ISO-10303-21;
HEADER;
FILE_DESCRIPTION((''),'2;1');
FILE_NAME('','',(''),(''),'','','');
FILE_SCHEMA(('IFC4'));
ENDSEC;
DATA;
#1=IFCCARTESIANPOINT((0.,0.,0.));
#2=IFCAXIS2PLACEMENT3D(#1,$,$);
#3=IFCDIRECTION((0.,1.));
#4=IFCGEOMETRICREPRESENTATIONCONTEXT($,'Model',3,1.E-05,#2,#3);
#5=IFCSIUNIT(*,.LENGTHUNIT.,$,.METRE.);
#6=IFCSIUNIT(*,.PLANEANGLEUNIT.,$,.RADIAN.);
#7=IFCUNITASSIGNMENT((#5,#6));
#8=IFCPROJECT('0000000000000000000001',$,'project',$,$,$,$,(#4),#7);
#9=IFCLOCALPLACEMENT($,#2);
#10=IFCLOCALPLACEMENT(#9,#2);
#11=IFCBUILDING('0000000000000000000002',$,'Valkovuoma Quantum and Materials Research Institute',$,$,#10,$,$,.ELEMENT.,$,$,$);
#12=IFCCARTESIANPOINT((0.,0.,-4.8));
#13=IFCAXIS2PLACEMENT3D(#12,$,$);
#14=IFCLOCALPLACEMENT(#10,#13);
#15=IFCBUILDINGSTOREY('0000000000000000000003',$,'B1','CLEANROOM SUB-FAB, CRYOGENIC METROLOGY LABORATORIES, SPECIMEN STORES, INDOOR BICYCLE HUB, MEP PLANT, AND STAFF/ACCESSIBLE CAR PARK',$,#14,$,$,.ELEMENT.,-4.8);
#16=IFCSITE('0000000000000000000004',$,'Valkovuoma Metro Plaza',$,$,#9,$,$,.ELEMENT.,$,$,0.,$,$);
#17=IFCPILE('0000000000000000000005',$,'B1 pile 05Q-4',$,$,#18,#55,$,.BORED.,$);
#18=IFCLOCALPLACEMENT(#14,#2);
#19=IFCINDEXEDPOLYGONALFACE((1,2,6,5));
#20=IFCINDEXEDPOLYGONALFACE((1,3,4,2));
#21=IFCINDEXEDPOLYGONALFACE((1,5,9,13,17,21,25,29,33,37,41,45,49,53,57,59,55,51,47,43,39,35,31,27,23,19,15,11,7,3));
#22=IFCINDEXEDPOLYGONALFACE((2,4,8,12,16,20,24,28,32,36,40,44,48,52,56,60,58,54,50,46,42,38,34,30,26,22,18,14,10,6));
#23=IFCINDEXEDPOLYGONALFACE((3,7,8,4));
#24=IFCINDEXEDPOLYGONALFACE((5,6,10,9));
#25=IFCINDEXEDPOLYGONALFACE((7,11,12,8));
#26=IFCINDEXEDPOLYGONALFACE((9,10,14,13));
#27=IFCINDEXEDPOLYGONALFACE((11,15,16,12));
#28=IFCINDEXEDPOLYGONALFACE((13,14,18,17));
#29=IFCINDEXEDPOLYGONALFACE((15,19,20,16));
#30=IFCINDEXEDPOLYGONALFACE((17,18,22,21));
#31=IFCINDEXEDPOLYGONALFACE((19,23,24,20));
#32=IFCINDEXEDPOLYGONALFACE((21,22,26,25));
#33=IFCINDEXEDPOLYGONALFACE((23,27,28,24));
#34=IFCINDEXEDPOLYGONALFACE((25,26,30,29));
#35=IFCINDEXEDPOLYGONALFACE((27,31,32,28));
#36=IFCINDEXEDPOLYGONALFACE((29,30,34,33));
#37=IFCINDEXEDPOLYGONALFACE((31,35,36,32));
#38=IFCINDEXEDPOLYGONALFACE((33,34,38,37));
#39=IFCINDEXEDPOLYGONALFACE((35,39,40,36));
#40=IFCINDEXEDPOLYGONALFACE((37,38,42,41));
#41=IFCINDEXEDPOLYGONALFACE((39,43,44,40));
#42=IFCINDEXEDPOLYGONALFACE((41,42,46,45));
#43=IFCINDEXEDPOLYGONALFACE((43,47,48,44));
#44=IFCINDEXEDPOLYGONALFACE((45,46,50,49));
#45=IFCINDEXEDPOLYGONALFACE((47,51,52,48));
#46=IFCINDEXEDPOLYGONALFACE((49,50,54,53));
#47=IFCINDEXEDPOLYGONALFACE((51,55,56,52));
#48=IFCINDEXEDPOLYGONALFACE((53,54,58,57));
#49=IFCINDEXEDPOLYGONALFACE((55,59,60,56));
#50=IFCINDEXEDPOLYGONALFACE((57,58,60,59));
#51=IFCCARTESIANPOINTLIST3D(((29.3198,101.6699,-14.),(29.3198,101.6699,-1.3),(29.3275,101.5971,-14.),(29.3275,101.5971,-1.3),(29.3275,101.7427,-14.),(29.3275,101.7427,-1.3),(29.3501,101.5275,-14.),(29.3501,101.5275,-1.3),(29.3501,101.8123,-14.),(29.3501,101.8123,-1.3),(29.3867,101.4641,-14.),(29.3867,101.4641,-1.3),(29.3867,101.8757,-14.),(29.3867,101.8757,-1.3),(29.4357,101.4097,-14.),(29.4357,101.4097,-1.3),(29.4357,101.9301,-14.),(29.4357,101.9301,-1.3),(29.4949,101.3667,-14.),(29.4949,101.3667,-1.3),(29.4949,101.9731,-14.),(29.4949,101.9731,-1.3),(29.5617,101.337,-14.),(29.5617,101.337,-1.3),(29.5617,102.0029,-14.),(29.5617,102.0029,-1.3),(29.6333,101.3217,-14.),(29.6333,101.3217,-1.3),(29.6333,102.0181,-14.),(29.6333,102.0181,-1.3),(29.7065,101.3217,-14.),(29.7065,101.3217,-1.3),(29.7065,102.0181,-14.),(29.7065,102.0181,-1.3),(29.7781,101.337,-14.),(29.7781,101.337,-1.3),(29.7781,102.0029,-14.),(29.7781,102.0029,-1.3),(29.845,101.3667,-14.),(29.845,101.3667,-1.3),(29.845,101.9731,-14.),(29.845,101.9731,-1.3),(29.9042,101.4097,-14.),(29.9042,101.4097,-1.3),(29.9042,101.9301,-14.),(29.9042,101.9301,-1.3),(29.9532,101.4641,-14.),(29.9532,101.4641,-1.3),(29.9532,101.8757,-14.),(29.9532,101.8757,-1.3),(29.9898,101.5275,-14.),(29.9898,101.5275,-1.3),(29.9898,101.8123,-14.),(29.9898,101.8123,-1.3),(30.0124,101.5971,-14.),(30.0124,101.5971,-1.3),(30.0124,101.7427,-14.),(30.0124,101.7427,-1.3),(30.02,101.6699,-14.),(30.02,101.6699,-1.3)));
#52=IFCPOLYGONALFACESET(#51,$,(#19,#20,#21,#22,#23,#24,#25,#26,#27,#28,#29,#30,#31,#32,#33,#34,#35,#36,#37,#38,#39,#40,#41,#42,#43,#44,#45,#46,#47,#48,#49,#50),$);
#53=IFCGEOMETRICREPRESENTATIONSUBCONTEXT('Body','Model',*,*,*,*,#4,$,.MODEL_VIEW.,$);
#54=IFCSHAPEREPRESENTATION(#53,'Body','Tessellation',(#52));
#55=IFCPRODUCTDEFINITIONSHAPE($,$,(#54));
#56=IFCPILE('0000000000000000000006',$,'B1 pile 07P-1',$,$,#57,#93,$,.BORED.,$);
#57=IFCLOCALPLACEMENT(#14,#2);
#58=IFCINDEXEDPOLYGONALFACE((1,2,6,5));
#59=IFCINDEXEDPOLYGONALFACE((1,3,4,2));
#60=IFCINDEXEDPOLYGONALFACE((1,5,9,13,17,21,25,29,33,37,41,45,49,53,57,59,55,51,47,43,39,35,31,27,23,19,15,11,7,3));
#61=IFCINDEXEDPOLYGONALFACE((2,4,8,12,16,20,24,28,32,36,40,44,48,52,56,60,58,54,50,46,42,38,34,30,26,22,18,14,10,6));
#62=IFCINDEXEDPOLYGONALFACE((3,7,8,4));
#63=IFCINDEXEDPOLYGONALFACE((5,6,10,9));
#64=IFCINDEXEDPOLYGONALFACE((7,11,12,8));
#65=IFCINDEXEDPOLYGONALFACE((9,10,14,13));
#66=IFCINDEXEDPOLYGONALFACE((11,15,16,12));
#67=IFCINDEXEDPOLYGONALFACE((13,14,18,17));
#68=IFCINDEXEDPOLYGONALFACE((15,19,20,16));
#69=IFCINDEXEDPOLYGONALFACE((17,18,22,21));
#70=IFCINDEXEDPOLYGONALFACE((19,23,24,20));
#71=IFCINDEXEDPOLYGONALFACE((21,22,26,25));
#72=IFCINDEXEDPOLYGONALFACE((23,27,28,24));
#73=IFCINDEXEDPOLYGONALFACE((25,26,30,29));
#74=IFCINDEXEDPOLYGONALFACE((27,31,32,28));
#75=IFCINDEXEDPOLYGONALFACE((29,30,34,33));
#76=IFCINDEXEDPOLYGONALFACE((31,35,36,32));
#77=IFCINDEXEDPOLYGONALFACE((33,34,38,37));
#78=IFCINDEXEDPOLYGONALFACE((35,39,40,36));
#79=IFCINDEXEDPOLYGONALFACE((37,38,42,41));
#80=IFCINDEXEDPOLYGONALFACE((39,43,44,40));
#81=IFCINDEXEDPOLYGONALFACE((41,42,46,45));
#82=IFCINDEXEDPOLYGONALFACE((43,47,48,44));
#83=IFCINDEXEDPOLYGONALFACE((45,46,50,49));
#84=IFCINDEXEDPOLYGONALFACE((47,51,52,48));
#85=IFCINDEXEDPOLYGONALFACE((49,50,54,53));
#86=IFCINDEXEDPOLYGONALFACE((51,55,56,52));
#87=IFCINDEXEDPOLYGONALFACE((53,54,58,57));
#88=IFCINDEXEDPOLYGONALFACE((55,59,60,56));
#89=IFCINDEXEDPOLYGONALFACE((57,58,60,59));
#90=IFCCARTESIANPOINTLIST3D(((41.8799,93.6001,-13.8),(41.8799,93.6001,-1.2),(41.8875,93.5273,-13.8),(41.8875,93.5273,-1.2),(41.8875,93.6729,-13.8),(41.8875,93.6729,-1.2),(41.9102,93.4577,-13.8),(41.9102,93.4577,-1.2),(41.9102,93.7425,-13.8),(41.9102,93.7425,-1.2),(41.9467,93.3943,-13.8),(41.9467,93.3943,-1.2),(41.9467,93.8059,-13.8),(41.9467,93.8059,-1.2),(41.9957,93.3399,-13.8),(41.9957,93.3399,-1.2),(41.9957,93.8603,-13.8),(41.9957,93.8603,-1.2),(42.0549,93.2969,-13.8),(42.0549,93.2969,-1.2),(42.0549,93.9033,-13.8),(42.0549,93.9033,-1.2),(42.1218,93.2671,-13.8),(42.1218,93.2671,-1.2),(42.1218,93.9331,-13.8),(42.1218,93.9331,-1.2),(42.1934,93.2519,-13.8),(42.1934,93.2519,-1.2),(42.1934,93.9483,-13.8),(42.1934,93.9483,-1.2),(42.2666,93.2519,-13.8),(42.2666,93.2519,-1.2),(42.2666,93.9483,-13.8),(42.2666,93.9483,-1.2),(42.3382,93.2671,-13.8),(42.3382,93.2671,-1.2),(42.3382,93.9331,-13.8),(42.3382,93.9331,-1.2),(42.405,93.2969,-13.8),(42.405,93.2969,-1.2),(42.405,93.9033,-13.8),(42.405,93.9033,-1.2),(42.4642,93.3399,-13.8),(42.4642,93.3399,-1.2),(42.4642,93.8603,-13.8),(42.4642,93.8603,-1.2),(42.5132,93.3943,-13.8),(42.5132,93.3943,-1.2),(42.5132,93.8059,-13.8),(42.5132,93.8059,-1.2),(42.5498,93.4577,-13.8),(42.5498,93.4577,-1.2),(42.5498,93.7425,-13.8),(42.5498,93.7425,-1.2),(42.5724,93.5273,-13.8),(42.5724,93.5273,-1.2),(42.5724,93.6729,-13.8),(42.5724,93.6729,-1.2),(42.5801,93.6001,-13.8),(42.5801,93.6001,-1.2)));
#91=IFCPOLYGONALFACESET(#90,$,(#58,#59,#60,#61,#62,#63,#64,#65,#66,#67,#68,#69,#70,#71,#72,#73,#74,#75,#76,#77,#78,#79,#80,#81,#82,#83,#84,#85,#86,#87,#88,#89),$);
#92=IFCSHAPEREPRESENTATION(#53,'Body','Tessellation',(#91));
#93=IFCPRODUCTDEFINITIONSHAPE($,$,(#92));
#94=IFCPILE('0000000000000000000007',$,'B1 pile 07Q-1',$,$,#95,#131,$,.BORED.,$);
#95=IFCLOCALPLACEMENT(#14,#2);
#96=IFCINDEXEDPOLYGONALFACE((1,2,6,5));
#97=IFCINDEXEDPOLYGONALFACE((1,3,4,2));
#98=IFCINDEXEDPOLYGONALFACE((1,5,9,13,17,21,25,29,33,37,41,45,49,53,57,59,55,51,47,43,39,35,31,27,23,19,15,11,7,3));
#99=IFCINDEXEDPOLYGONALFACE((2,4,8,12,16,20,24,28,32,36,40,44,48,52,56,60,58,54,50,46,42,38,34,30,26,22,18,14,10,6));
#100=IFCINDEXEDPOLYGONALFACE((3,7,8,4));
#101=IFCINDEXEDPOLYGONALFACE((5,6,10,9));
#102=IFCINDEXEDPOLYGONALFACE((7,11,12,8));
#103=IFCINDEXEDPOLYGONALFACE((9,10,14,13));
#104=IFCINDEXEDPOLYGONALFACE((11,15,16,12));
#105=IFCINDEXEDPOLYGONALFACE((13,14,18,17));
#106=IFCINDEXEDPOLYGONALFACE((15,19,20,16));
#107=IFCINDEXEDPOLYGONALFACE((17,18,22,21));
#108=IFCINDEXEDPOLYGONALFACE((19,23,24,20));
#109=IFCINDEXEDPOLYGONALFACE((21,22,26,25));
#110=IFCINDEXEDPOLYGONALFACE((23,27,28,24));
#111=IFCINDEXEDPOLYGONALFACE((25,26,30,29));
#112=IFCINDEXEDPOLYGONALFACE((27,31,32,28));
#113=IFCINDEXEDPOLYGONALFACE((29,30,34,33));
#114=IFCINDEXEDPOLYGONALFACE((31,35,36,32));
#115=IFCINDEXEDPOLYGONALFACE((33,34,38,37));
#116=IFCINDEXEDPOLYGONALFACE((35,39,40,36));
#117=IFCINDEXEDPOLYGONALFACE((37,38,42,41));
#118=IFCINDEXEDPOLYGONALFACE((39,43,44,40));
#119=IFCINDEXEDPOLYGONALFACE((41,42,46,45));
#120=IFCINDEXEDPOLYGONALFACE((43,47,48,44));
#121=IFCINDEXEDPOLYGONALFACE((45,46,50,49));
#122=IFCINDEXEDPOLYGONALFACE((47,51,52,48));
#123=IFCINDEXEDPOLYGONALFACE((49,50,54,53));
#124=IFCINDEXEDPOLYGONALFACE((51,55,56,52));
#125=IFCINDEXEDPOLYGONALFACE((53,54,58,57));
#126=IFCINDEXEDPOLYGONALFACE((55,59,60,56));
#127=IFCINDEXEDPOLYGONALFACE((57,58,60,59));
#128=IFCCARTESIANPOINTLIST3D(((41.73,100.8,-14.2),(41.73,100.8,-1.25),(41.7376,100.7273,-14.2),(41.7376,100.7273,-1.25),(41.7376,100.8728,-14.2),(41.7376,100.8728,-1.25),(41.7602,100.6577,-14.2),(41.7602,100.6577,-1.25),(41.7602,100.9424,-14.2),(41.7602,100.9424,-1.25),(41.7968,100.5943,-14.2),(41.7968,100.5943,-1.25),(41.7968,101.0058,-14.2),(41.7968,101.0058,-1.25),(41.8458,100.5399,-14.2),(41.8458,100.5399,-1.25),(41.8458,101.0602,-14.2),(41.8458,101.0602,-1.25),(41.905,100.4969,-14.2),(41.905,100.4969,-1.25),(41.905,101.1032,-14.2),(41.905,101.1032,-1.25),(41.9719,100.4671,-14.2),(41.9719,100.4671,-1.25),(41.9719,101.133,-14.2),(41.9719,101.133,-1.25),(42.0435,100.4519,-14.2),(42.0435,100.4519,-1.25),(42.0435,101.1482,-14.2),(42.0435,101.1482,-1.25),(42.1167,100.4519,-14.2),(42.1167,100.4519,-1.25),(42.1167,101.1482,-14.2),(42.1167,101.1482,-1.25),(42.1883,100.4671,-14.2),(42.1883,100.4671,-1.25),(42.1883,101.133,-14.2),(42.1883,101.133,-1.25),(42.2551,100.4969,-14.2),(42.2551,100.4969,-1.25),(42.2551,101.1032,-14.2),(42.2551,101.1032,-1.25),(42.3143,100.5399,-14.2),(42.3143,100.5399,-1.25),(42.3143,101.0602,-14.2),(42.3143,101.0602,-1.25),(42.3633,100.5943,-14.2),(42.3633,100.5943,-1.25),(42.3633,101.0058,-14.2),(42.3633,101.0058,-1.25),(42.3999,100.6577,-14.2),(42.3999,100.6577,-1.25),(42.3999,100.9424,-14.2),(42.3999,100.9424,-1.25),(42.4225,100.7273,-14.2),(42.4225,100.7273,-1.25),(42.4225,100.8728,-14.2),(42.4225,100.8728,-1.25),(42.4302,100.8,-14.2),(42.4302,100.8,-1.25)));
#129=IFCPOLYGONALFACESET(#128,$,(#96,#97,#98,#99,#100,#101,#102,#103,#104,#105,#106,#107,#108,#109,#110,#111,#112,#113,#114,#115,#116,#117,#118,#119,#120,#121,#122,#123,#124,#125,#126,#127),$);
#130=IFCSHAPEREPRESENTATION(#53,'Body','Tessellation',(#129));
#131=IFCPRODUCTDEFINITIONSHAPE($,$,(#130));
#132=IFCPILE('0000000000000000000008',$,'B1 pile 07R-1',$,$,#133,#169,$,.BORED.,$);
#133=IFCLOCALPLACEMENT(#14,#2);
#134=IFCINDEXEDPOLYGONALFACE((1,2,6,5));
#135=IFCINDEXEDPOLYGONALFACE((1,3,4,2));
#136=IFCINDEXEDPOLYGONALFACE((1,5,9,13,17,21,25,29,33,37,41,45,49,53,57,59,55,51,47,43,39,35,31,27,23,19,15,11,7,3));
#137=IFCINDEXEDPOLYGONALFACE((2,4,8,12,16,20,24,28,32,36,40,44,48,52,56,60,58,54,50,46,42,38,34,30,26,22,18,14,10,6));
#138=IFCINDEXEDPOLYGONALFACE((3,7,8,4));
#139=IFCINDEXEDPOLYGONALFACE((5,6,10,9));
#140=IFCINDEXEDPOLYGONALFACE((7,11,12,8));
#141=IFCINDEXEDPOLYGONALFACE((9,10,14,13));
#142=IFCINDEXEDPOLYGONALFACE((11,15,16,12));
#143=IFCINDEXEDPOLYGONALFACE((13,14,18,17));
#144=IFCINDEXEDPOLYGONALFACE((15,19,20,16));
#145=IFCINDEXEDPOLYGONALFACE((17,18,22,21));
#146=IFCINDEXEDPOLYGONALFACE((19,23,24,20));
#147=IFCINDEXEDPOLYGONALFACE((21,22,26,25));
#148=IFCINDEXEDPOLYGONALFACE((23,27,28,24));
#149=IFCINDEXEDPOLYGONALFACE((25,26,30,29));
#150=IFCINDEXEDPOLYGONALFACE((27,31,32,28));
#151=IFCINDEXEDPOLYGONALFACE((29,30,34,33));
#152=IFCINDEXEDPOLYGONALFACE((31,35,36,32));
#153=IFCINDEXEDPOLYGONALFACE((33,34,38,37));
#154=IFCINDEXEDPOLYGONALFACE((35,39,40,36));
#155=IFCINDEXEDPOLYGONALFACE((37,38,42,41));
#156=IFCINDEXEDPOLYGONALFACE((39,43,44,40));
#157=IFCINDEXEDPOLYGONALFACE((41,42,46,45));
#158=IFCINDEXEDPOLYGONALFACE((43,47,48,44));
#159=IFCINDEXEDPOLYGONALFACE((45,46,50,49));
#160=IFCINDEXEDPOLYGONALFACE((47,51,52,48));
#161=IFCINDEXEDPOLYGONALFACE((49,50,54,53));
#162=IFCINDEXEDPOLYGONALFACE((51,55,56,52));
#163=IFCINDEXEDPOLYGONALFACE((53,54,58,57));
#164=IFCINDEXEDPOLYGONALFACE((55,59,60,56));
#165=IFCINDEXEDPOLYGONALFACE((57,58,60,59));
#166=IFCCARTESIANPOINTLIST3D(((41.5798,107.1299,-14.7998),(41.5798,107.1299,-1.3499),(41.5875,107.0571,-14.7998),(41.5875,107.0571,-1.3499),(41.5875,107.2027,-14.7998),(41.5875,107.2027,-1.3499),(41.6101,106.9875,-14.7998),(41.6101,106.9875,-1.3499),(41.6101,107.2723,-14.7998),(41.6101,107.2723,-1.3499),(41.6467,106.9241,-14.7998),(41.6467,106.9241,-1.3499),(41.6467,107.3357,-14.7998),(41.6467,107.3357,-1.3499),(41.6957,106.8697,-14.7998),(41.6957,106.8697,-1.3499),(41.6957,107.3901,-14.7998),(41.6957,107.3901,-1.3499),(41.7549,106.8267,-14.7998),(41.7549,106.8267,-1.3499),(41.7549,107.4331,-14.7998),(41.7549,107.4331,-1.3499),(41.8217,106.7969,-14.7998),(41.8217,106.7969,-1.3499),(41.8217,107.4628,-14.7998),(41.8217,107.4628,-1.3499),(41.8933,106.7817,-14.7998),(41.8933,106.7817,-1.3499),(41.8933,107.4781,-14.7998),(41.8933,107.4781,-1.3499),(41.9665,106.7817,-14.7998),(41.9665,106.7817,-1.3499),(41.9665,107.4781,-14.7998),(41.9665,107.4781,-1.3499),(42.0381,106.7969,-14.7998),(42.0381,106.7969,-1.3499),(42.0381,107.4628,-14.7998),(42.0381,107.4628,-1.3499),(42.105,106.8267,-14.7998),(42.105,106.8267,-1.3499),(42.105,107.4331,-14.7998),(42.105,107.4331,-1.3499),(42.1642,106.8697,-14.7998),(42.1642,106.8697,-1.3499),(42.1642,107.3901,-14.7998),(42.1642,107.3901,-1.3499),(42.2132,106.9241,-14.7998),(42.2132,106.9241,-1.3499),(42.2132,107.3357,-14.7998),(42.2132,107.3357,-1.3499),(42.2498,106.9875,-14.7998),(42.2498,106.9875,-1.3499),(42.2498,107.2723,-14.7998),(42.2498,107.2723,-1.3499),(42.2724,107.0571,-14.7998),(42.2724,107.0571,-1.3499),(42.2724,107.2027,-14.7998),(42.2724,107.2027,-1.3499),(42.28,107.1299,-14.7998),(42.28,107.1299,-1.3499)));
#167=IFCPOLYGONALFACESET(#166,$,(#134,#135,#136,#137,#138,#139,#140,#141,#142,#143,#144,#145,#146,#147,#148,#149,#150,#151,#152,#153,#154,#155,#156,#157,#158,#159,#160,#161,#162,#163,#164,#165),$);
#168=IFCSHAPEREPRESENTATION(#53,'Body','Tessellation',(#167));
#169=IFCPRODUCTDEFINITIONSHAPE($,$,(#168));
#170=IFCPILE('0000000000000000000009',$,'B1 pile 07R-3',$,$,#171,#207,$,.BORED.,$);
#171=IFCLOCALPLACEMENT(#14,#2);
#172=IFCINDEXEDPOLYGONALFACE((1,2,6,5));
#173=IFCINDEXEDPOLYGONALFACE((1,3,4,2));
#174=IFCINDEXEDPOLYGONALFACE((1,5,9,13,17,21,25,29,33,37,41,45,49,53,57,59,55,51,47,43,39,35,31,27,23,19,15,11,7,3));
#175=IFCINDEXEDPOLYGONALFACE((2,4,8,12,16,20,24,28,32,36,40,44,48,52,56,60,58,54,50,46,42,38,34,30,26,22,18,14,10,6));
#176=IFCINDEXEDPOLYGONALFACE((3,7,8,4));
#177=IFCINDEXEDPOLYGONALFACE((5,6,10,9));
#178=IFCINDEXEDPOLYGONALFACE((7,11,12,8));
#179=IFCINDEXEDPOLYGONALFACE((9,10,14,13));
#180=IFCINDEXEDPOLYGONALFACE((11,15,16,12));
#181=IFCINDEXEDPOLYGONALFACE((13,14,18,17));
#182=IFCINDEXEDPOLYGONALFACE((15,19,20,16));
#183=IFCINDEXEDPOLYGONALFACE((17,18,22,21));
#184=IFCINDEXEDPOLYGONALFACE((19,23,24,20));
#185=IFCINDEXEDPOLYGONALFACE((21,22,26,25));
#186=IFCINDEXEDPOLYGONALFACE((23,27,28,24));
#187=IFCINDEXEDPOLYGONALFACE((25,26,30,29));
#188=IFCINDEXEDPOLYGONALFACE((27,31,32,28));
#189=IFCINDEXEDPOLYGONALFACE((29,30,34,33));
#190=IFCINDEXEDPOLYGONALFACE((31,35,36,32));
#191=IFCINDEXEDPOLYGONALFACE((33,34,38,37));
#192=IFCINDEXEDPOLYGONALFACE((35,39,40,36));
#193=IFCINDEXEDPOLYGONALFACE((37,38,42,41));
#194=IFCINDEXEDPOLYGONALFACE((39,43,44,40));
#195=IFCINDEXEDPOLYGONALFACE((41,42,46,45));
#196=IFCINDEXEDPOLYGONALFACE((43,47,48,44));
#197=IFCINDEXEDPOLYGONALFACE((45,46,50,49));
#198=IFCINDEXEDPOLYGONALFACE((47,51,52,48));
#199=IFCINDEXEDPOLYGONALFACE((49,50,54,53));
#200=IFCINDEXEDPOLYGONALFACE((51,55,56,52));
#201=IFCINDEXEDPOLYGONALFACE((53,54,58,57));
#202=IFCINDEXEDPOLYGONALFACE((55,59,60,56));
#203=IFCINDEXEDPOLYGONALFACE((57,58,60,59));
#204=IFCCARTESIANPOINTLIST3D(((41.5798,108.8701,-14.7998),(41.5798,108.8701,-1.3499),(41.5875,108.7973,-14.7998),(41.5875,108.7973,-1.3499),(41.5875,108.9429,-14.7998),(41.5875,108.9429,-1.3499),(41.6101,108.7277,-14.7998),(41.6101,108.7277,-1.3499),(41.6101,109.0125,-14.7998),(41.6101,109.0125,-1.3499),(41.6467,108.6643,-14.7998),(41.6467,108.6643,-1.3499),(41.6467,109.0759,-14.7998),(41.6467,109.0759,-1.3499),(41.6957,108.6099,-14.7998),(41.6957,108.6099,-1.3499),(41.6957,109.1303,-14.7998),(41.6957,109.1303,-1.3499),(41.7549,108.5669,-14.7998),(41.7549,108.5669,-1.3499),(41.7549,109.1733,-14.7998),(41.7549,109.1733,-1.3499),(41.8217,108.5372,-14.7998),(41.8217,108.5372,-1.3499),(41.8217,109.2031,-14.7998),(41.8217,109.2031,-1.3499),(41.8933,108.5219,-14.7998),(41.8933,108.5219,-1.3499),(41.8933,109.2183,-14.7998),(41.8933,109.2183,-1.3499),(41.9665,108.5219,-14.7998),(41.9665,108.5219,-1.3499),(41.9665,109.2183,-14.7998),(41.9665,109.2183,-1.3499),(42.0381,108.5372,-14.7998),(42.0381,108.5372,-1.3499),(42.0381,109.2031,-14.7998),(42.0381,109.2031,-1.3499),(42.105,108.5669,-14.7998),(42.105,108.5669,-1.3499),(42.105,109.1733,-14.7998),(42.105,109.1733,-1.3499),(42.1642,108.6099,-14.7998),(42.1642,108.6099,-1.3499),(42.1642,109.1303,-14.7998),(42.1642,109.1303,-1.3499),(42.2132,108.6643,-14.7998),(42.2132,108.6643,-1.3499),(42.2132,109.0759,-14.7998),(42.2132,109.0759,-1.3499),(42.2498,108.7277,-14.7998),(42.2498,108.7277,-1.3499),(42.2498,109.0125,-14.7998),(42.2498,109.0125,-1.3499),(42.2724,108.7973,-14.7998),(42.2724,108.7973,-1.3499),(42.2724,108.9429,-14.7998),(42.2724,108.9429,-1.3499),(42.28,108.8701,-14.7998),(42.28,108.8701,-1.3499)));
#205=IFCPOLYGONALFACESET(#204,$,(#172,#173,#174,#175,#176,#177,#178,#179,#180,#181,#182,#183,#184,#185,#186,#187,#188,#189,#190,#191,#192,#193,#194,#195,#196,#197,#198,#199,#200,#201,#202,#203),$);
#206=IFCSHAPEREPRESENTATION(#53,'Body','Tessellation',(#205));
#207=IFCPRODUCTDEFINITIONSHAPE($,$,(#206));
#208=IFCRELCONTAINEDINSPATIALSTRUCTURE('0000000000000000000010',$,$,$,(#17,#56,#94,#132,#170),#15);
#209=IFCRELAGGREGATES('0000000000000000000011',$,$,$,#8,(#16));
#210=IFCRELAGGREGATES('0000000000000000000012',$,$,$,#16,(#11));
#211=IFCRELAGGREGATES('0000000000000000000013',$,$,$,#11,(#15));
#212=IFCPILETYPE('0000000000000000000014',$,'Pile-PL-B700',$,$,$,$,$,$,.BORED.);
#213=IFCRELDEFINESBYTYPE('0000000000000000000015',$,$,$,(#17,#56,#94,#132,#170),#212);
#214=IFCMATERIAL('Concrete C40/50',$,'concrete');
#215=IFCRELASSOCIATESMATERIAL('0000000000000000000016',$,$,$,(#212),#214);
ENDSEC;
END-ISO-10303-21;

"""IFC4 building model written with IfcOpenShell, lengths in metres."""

from ifc_helpers import new_model, si_unit, direction, frame, origin, origin_2d, place, context, subcontext, project, spatial, circle, extrude, material, material_profile, profile_set, type_object, element, save


model = new_model("IFC4")

# Units and contexts
model_context = context("Model", 3, precision=1e-05, world=origin(), true_north=direction((0.0, 1.0)))
body_context = subcontext(model_context, "Body", "Model", "MODEL_VIEW")
ifc_project = project(units=[si_unit("LENGTHUNIT", "METRE"), si_unit("PLANEANGLEUNIT", "RADIAN")], contexts=[model_context])

# Site, building, storey
site_placement = place(None, origin())
site = spatial("IfcSite", under=ifc_project, at=site_placement, Name="Valkovuoma Metro Plaza", CompositionType="ELEMENT", RefElevation=0.0)
building_placement = place(site_placement, origin())
building = spatial("IfcBuilding", under=site, at=building_placement, Name="Valkovuoma Quantum and Materials Research Institute", CompositionType="ELEMENT")
storey_placement = place(building_placement, frame((0.0, 0.0, -4.8)))
storey = spatial("IfcBuildingStorey", under=building, at=storey_placement, Name="B1", Description="CLEANROOM SUB-FAB, CRYOGENIC METROLOGY LABORATORIES, SPECIMEN STORES, INDOOR BICYCLE HUB, MEP PLANT, AND STAFF/ACCESSIBLE CAR PARK", CompositionType="ELEMENT", Elevation=-4.8)

# Piles
ifc_material_1 = material(Name="Concrete C40/50", Category="concrete")
ifc_material_profile_1 = material_profile(ifc_material_1, circle(Radius=0.3501, at=origin_2d()), Name="Concrete C40/50")
ifc_profile_set_1 = profile_set([ifc_material_profile_1], Name="Concrete C40/50")
pile_type_1 = type_object("IfcPileType", Name="Pile-PL-B700", PredefinedType="BORED", material=ifc_profile_set_1)
for number, where, z_axis, x_axis, name in (
    (1, (29.6699, 101.6699, -1.3), (0.0, 0.0, -1.0), (1.0, 0.0, 0.0), "B1 pile 05Q-4"),
):
    element("IfcPile", number, at=place(storey_placement, frame(where, z_axis=z_axis, x_axis=x_axis)), inside=storey, type_object=pile_type_1, Name=name, PredefinedType="BORED", context=body_context, shape_type="SweptSolid", body=[
        extrude(circle(Radius=0.3501, at=origin_2d()), origin(), (0.0, 0.0, 1.0), 12.7),
    ])
pile_1_placement = place(storey_placement, frame((42.23, 93.6001, -1.2), z_axis=(0.0, 0.0, -1.0), x_axis=(1.0, 0.0, 0.0)))
element("IfcPile", 2, at=pile_1_placement, inside=storey, type_object=pile_type_1, Name="B1 pile 07P-1", PredefinedType="BORED", context=body_context, shape_type="SweptSolid", body=[
    extrude(circle(Radius=0.3501, at=origin_2d()), origin(), (0.0, 0.0, 1.0), 12.6001),
])
pile_2_placement = place(storey_placement, frame((42.0801, 100.8, -1.25), z_axis=(0.0, 0.0, -1.0), x_axis=(1.0, 0.0, 0.0)))
element("IfcPile", 3, at=pile_2_placement, inside=storey, type_object=pile_type_1, Name="B1 pile 07Q-1", PredefinedType="BORED", context=body_context, shape_type="SweptSolid", body=[
    extrude(circle(Radius=0.3501, at=origin_2d()), origin(), (0.0, 0.0, 1.0), 12.95),
])
for number, where, z_axis, x_axis, name in (
    (4, (41.9299, 107.1299, -1.3499), (0.0, 0.0, -1.0), (1.0, 0.0, 0.0), "B1 pile 07R-1"),
    (5, (41.9299, 108.8701, -1.3499), (0.0, 0.0, -1.0), (1.0, 0.0, 0.0), "B1 pile 07R-3"),
):
    element("IfcPile", number, at=place(storey_placement, frame(where, z_axis=z_axis, x_axis=x_axis)), inside=storey, type_object=pile_type_1, Name=name, PredefinedType="BORED", context=body_context, shape_type="SweptSolid", body=[
        extrude(circle(Radius=0.3501, at=origin_2d()), origin(), (0.0, 0.0, 1.0), 13.45),
    ])

save(model, "model.ifc")
